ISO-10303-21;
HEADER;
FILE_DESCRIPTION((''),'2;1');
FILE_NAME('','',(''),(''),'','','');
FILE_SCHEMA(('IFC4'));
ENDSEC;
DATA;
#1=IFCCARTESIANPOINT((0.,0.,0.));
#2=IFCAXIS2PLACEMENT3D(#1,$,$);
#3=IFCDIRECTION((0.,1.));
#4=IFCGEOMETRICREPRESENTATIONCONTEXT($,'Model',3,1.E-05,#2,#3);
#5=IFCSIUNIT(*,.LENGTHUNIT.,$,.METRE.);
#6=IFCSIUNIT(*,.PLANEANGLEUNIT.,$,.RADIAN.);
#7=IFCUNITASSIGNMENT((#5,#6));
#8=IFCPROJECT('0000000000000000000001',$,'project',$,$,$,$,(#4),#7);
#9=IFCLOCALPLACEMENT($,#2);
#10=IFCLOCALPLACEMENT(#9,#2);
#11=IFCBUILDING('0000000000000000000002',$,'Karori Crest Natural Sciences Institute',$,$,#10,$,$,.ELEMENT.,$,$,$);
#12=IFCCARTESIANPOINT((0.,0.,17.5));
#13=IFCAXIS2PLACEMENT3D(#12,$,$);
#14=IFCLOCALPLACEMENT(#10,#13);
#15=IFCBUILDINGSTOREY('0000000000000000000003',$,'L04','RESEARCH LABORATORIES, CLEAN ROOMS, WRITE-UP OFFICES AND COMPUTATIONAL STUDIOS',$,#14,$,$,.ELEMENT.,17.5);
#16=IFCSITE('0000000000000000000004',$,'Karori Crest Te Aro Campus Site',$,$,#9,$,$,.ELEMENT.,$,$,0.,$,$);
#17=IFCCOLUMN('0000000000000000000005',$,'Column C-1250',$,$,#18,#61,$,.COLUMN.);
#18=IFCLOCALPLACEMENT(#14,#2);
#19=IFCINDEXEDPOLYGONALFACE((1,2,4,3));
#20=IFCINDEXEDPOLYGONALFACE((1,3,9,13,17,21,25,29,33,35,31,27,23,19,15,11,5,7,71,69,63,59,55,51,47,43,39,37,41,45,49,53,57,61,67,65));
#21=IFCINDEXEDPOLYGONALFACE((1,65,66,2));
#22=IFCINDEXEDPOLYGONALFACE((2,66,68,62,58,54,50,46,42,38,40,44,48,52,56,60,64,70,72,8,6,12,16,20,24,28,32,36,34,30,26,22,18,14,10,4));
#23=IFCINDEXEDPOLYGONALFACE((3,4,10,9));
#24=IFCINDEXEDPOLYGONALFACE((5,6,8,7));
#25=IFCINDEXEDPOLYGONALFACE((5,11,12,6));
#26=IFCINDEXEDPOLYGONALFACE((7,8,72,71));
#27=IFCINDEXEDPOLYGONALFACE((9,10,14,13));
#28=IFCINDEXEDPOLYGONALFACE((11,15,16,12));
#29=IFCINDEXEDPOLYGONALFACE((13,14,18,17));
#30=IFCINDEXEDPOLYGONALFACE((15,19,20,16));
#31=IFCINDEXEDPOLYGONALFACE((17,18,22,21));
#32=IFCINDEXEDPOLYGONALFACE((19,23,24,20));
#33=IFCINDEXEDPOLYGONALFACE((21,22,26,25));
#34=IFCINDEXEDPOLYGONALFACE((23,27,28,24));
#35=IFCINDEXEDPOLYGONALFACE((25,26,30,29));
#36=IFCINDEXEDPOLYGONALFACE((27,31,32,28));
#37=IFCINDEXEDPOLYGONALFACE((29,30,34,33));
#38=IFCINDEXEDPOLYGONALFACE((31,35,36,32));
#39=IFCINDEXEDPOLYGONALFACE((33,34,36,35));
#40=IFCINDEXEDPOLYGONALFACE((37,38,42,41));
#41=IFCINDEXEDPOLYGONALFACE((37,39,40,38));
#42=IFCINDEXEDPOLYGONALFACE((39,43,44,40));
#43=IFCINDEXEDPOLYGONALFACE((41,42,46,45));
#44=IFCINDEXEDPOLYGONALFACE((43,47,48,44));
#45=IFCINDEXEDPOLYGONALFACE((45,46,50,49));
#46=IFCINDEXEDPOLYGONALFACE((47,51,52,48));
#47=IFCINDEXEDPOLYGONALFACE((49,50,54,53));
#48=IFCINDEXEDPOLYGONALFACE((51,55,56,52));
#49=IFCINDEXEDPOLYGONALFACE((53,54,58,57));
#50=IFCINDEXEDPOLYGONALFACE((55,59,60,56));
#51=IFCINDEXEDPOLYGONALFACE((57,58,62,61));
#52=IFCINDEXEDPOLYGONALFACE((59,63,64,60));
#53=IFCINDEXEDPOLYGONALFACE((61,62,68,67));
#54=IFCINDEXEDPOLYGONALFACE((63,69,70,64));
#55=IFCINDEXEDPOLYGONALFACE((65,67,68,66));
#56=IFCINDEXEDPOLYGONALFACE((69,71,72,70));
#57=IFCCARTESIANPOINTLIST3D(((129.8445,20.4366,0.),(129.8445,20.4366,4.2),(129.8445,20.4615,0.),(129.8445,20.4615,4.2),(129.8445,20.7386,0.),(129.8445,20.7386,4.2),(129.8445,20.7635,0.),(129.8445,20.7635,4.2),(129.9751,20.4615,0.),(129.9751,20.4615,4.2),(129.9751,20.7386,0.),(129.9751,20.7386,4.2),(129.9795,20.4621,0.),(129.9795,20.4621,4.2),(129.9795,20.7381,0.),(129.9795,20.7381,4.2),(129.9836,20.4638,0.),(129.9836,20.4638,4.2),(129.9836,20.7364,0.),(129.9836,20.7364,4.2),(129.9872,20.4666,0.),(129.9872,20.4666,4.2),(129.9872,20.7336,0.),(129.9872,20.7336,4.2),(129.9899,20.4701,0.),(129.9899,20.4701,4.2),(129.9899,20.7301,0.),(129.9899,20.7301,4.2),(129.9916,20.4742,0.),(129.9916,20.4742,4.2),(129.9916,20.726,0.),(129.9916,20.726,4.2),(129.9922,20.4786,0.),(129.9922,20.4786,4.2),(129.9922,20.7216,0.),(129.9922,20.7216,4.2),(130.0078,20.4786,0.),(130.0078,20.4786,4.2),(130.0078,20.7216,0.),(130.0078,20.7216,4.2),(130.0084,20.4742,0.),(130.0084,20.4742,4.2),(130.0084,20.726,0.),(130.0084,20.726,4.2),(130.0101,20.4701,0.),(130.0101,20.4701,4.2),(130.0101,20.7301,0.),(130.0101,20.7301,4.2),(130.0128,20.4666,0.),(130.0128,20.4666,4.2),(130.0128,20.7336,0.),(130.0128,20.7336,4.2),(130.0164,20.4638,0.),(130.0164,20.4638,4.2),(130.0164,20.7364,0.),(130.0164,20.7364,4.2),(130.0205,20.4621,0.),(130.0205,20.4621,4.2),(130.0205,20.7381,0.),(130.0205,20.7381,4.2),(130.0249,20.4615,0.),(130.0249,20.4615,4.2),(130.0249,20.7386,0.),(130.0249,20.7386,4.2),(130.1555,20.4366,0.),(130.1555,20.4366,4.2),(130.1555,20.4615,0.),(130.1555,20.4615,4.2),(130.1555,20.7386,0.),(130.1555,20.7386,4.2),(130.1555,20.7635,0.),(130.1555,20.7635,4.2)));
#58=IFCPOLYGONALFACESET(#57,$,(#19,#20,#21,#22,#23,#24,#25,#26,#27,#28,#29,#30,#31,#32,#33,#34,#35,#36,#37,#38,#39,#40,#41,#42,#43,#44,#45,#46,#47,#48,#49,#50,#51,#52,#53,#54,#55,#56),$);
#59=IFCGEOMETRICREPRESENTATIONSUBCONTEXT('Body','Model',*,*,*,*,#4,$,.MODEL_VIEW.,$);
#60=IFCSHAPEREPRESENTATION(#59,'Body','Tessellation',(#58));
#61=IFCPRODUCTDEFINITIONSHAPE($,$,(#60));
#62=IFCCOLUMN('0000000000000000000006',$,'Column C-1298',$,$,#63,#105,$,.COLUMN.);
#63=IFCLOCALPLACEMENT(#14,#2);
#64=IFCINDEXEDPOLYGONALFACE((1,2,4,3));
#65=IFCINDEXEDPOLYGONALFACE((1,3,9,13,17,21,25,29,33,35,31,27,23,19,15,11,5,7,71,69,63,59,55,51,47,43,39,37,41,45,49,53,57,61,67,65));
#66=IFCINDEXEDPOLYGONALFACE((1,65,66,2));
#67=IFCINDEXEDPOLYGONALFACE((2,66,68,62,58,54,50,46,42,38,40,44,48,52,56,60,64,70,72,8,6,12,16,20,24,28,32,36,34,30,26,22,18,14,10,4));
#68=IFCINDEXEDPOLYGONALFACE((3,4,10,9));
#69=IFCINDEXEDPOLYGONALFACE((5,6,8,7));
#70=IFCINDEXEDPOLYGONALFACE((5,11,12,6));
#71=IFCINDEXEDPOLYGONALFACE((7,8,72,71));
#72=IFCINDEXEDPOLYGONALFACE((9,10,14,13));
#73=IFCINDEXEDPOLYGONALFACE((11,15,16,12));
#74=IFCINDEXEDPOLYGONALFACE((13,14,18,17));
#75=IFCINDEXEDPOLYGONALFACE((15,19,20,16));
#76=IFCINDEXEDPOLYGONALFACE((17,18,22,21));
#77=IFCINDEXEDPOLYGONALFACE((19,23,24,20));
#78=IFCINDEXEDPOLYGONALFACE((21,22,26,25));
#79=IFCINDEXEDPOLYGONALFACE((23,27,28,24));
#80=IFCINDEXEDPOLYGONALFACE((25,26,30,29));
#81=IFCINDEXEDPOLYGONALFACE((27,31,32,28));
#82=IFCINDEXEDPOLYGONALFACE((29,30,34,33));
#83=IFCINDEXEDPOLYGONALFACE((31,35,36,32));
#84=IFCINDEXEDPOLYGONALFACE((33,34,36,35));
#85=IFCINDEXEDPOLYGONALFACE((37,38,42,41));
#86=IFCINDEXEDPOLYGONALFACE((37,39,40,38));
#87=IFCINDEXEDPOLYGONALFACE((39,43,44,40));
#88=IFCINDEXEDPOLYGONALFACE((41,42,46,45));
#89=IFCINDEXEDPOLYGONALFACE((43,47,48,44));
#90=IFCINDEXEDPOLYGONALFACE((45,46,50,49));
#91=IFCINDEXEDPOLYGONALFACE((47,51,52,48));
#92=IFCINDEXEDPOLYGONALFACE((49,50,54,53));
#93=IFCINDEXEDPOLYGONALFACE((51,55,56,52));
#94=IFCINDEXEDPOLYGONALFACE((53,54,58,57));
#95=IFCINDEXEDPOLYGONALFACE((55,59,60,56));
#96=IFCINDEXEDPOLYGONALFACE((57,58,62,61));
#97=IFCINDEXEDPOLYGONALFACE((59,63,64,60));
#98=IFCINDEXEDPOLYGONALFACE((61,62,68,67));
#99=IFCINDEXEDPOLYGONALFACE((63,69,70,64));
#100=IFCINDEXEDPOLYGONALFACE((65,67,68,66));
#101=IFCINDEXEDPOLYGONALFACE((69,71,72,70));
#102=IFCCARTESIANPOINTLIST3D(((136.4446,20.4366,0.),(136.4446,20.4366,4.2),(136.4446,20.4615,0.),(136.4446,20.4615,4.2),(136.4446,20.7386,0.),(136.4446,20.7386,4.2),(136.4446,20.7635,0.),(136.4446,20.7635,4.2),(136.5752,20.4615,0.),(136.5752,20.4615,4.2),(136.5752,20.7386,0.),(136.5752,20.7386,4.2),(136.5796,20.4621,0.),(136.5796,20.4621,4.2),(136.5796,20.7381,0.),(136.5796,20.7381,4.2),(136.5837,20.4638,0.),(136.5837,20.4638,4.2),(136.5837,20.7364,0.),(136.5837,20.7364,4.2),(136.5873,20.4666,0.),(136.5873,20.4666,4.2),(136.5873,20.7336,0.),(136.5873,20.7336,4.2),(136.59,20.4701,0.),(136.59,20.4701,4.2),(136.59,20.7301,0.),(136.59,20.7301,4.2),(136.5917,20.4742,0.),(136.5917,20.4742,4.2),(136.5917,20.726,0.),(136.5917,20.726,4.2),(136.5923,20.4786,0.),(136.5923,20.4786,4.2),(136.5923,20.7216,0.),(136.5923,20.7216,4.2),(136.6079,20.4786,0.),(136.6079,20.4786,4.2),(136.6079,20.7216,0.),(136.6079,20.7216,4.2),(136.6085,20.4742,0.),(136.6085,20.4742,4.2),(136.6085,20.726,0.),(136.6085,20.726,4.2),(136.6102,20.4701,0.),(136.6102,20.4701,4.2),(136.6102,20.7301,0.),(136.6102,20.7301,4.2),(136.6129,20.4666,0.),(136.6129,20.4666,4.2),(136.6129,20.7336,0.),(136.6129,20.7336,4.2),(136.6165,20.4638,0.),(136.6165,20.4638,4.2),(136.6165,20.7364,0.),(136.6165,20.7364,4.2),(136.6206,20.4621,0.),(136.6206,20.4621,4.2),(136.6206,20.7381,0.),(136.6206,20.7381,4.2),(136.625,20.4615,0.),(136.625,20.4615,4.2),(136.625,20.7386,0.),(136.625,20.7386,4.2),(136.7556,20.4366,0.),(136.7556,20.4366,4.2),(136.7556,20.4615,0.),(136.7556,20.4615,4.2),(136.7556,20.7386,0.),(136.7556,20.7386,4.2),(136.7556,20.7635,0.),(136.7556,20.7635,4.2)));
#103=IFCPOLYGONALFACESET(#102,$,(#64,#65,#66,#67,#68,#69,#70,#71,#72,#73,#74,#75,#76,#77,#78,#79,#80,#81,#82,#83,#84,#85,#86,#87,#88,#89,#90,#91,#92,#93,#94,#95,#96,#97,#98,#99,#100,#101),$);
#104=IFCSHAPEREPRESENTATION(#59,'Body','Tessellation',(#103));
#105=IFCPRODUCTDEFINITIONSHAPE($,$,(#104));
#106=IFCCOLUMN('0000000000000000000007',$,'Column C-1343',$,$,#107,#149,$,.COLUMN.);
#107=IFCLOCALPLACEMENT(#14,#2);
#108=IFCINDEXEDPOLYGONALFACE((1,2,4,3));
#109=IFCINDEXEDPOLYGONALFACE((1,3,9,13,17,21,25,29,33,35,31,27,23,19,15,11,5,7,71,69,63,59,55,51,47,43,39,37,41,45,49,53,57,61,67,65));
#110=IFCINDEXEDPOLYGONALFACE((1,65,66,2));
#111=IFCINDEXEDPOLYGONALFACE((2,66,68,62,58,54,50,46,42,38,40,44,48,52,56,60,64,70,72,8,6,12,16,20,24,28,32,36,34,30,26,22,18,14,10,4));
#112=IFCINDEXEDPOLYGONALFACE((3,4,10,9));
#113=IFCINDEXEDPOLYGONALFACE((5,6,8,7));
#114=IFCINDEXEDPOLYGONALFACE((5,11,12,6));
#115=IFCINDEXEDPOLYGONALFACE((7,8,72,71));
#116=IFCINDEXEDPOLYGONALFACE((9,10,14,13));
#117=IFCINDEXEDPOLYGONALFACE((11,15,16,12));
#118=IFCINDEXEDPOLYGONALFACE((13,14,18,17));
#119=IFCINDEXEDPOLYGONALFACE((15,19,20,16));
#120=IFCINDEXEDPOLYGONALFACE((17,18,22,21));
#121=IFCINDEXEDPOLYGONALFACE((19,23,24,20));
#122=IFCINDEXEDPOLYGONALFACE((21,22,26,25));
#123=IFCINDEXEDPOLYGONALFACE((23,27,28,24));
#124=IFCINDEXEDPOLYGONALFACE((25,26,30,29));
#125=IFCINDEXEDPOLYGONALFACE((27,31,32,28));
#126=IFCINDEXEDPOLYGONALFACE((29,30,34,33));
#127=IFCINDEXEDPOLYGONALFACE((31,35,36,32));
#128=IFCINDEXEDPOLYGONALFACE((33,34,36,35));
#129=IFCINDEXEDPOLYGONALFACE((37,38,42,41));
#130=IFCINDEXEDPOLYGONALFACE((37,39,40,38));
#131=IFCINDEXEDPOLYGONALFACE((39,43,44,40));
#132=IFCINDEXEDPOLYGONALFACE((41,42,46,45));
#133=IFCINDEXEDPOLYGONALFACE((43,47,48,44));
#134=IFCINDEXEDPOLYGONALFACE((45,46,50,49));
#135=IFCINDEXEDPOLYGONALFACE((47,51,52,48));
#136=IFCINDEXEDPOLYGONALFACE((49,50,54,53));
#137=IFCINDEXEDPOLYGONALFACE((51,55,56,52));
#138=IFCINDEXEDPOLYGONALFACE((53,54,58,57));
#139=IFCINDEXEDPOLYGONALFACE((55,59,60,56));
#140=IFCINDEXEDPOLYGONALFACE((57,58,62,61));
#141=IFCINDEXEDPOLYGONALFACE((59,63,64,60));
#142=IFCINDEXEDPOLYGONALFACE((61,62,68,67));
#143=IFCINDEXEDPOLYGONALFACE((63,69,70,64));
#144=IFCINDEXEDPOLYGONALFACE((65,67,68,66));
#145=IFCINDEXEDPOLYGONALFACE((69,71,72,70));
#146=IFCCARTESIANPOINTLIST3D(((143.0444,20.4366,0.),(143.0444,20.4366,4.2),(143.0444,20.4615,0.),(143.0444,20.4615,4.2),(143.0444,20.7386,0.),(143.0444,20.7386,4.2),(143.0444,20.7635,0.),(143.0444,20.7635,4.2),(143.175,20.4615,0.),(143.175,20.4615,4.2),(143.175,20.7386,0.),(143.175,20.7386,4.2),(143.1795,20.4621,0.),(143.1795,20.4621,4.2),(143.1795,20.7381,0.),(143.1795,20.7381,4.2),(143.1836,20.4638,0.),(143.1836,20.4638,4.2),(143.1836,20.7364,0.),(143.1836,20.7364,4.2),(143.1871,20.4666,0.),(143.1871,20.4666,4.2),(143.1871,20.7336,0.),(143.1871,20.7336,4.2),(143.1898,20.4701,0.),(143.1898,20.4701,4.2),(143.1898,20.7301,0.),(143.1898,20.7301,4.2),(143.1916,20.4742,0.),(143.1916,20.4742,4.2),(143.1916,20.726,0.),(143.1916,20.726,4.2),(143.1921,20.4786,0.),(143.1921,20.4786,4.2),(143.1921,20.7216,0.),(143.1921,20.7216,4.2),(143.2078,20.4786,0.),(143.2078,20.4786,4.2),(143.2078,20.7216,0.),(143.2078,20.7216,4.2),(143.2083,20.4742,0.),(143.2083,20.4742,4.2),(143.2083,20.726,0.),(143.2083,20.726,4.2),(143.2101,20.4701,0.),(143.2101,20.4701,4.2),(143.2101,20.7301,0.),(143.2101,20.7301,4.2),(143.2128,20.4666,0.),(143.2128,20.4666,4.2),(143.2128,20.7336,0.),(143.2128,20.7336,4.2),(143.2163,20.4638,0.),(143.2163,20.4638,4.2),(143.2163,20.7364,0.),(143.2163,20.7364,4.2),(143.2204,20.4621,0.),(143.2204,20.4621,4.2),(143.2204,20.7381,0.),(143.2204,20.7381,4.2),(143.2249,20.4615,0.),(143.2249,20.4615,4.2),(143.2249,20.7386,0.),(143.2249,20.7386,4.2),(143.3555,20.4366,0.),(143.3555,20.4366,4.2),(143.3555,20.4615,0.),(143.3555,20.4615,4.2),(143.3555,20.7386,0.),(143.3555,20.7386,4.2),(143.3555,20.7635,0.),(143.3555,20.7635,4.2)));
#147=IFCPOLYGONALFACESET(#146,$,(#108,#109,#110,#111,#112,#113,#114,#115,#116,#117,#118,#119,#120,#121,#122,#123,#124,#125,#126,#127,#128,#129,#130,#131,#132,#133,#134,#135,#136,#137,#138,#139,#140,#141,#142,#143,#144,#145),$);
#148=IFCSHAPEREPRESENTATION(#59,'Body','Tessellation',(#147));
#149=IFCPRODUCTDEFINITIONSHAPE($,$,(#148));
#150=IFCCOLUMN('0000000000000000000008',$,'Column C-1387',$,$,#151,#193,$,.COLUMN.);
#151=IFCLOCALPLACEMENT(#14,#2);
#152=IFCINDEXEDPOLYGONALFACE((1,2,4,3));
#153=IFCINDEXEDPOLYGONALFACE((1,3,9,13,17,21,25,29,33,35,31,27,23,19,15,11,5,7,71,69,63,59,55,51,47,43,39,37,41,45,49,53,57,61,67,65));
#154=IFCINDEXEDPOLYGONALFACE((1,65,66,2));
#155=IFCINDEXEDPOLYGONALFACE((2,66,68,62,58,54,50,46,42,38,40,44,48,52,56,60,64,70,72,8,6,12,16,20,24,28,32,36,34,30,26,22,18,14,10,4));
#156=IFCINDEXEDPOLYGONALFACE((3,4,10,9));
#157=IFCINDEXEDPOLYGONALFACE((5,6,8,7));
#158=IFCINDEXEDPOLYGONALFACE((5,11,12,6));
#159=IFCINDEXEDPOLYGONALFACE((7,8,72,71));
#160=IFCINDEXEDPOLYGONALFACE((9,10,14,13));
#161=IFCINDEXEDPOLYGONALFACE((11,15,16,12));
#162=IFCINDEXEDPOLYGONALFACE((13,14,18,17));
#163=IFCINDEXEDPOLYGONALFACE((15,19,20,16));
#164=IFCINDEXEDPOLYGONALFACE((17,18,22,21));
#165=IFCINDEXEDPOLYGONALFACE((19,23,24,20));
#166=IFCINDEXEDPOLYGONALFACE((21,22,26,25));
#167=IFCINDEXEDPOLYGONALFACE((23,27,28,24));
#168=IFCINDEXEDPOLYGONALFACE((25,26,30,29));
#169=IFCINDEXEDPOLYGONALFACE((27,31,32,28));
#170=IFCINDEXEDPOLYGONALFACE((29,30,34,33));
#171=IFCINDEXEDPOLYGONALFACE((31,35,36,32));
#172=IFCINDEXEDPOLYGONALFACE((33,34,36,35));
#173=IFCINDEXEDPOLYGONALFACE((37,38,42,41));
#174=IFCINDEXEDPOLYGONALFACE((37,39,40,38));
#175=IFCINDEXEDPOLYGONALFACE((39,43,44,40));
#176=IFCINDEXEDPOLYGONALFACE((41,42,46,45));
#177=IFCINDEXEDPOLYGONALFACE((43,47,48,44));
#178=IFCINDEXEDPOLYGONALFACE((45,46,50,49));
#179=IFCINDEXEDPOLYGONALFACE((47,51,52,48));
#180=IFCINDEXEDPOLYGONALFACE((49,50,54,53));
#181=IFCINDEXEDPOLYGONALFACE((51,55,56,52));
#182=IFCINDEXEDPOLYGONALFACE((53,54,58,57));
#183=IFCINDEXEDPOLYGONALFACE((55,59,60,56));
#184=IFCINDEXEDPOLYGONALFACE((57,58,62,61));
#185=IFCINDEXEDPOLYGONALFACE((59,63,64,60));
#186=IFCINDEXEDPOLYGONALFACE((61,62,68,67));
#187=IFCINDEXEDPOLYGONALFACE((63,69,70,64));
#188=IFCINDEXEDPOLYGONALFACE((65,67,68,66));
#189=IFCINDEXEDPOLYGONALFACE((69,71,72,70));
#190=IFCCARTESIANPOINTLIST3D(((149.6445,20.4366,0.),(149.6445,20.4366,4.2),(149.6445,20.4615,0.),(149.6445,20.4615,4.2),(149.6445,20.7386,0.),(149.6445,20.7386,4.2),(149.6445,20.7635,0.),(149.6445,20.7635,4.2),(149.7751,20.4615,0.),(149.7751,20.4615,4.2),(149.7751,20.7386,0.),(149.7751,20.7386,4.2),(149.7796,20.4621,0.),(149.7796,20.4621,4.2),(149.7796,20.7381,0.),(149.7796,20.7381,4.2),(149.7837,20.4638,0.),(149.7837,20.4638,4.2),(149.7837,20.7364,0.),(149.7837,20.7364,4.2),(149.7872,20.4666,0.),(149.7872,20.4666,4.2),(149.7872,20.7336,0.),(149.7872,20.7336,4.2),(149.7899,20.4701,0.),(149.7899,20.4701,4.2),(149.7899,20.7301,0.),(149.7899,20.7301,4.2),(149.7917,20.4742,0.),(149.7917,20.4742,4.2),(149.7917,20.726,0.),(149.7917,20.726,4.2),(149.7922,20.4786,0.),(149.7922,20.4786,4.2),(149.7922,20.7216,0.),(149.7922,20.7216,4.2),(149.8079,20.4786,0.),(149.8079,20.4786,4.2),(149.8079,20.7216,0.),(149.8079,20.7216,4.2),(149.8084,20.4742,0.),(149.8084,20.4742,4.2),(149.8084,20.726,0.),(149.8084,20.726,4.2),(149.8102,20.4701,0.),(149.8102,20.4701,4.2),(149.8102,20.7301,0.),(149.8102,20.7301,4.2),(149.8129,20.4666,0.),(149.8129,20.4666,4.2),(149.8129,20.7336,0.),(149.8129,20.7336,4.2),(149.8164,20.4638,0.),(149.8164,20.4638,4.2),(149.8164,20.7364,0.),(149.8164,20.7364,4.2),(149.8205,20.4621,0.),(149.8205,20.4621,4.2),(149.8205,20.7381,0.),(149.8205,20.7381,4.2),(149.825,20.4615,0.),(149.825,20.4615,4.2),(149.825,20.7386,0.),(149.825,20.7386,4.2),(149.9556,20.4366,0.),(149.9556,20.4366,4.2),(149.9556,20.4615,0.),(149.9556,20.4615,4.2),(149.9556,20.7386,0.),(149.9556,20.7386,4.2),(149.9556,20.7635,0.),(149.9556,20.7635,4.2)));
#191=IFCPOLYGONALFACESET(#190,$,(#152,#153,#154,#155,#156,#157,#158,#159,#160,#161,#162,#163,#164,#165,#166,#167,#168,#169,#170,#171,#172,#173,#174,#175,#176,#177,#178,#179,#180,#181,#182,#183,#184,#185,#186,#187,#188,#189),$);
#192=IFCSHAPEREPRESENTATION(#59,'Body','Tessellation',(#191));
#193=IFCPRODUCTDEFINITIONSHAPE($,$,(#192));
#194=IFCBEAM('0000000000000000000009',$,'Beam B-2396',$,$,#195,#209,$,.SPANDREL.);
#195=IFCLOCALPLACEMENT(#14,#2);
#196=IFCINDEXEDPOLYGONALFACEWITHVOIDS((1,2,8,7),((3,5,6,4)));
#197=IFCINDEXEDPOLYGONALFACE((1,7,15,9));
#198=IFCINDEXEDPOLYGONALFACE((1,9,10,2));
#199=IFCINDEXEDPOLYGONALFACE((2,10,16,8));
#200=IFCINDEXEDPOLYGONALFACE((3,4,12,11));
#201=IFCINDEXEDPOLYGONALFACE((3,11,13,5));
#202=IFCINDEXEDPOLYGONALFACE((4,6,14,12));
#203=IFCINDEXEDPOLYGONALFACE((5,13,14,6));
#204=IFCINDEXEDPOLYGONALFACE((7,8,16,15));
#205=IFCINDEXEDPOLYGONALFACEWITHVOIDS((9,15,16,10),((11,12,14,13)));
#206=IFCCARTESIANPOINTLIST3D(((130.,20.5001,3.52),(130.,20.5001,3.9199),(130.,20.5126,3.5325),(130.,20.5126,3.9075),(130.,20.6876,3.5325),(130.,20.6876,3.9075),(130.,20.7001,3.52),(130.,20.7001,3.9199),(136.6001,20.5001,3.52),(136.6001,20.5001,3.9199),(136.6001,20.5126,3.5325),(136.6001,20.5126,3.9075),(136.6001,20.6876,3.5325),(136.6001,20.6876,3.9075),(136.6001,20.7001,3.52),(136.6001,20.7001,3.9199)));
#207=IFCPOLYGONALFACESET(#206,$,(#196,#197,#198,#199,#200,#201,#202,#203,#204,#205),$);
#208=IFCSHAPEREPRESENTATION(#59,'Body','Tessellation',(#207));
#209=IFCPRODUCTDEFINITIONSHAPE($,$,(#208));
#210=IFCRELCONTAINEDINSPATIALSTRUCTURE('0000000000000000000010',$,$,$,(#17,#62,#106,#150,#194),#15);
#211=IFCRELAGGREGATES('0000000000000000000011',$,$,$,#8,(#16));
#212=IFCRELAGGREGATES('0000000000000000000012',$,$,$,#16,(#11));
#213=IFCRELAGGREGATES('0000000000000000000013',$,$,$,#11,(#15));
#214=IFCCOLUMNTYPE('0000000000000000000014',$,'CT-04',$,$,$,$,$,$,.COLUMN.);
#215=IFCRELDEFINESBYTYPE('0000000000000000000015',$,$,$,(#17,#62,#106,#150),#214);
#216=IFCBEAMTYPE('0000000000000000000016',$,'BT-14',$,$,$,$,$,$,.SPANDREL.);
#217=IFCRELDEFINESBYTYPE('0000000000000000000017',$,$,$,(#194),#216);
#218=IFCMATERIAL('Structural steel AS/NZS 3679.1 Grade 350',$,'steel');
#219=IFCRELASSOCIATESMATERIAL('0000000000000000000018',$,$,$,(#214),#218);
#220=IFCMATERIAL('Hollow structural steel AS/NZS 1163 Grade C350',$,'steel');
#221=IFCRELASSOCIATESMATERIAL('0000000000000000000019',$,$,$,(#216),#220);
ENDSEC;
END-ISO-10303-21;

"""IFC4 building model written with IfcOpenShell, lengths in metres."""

from ifc_helpers import new_model, si_unit, direction, frame, origin, origin_2d, place, context, subcontext, project, spatial, hollow_rectangle, i_section, extrude, material, material_profile, profile_set, type_object, element, save


model = new_model("IFC4")

# Units and contexts
model_context = context("Model", 3, precision=1e-05, world=origin(), true_north=direction((0.0, 1.0)))
body_context = subcontext(model_context, "Body", "Model", "MODEL_VIEW")
ifc_project = project(units=[si_unit("LENGTHUNIT", "METRE"), si_unit("PLANEANGLEUNIT", "RADIAN")], contexts=[model_context])

# Site, building, storey
site_placement = place(None, origin())
site = spatial("IfcSite", under=ifc_project, at=site_placement, Name="Karori Crest Te Aro Campus Site", CompositionType="ELEMENT", RefElevation=0.0)
building_placement = place(site_placement, origin())
building = spatial("IfcBuilding", under=site, at=building_placement, Name="Karori Crest Natural Sciences Institute", CompositionType="ELEMENT")
storey_placement = place(building_placement, frame((0.0, 0.0, 17.5)))
storey = spatial("IfcBuildingStorey", under=building, at=storey_placement, Name="L04", Description="RESEARCH LABORATORIES, CLEAN ROOMS, WRITE-UP OFFICES AND COMPUTATIONAL STUDIOS", CompositionType="ELEMENT", Elevation=17.5)

# Columns
ifc_material_1 = material(Name="Structural steel AS/NZS 3679.1 Grade 350", Category="steel")
ifc_material_profile_1 = material_profile(ifc_material_1, i_section(OverallWidth=0.311, OverallDepth=0.3269, WebThickness=0.0156, FlangeThickness=0.0249, FilletRadius=0.0171, at=origin_2d()), Name="310UC158")
ifc_profile_set_1 = profile_set([ifc_material_profile_1], Name="Structural steel AS/NZS 3679.1 Grade 350")
column_type = type_object("IfcColumnType", Name="CT-04", PredefinedType="COLUMN", material=ifc_profile_set_1)
for number, where, z_axis, x_axis, name in (
    (1, (130.0, 20.6001, 0.0), (0.0, 0.0, 1.0), (1.0, 0.0, 0.0), "Column C-1250"),
    (2, (136.6001, 20.6001, 0.0), (0.0, 0.0, 1.0), (1.0, 0.0, 0.0), "Column C-1298"),
    (3, (143.2, 20.6001, 0.0), (0.0, 0.0, 1.0), (1.0, 0.0, 0.0), "Column C-1343"),
    (4, (149.8, 20.6001, 0.0), (0.0, 0.0, 1.0), (1.0, 0.0, 0.0), "Column C-1387"),
):
    element("IfcColumn", number, at=place(storey_placement, frame(where, z_axis=z_axis, x_axis=x_axis)), inside=storey, type_object=column_type, Name=name, PredefinedType="COLUMN", context=body_context, shape_type="SweptSolid", body=[
        extrude(i_section(OverallWidth=0.311, OverallDepth=0.3269, WebThickness=0.0156, FlangeThickness=0.0249, FilletRadius=0.0171, at=origin_2d()), origin(), (0.0, 0.0, 1.0), 4.2),
    ])

# Beam
ifc_material_2 = material(Name="Hollow structural steel AS/NZS 1163 Grade C350", Category="steel")
ifc_material_profile_2 = material_profile(ifc_material_2, hollow_rectangle(XDim=0.2, YDim=0.3999, WallThickness=0.0125, at=origin_2d()), Name="RHS400x200x12.5")
ifc_profile_set_2 = profile_set([ifc_material_profile_2], Name="Hollow structural steel AS/NZS 1163 Grade C350")
beam_type = type_object("IfcBeamType", Name="BT-14", PredefinedType="SPANDREL", material=ifc_profile_set_2)
beam_1_placement = place(storey_placement, frame((130.0, 20.6001, 3.72), z_axis=(1.0, 0.0, 0.0), x_axis=(0.0, 1.0, 0.0)))
element("IfcBeam", 5, at=beam_1_placement, inside=storey, type_object=beam_type, Name="Beam B-2396", PredefinedType="SPANDREL", context=body_context, shape_type="SweptSolid", body=[
    extrude(hollow_rectangle(XDim=0.2, YDim=0.3999, WallThickness=0.0125, at=origin_2d()), origin(), (0.0, 0.0, 1.0), 6.6001),
])

save(model, "model.ifc")
